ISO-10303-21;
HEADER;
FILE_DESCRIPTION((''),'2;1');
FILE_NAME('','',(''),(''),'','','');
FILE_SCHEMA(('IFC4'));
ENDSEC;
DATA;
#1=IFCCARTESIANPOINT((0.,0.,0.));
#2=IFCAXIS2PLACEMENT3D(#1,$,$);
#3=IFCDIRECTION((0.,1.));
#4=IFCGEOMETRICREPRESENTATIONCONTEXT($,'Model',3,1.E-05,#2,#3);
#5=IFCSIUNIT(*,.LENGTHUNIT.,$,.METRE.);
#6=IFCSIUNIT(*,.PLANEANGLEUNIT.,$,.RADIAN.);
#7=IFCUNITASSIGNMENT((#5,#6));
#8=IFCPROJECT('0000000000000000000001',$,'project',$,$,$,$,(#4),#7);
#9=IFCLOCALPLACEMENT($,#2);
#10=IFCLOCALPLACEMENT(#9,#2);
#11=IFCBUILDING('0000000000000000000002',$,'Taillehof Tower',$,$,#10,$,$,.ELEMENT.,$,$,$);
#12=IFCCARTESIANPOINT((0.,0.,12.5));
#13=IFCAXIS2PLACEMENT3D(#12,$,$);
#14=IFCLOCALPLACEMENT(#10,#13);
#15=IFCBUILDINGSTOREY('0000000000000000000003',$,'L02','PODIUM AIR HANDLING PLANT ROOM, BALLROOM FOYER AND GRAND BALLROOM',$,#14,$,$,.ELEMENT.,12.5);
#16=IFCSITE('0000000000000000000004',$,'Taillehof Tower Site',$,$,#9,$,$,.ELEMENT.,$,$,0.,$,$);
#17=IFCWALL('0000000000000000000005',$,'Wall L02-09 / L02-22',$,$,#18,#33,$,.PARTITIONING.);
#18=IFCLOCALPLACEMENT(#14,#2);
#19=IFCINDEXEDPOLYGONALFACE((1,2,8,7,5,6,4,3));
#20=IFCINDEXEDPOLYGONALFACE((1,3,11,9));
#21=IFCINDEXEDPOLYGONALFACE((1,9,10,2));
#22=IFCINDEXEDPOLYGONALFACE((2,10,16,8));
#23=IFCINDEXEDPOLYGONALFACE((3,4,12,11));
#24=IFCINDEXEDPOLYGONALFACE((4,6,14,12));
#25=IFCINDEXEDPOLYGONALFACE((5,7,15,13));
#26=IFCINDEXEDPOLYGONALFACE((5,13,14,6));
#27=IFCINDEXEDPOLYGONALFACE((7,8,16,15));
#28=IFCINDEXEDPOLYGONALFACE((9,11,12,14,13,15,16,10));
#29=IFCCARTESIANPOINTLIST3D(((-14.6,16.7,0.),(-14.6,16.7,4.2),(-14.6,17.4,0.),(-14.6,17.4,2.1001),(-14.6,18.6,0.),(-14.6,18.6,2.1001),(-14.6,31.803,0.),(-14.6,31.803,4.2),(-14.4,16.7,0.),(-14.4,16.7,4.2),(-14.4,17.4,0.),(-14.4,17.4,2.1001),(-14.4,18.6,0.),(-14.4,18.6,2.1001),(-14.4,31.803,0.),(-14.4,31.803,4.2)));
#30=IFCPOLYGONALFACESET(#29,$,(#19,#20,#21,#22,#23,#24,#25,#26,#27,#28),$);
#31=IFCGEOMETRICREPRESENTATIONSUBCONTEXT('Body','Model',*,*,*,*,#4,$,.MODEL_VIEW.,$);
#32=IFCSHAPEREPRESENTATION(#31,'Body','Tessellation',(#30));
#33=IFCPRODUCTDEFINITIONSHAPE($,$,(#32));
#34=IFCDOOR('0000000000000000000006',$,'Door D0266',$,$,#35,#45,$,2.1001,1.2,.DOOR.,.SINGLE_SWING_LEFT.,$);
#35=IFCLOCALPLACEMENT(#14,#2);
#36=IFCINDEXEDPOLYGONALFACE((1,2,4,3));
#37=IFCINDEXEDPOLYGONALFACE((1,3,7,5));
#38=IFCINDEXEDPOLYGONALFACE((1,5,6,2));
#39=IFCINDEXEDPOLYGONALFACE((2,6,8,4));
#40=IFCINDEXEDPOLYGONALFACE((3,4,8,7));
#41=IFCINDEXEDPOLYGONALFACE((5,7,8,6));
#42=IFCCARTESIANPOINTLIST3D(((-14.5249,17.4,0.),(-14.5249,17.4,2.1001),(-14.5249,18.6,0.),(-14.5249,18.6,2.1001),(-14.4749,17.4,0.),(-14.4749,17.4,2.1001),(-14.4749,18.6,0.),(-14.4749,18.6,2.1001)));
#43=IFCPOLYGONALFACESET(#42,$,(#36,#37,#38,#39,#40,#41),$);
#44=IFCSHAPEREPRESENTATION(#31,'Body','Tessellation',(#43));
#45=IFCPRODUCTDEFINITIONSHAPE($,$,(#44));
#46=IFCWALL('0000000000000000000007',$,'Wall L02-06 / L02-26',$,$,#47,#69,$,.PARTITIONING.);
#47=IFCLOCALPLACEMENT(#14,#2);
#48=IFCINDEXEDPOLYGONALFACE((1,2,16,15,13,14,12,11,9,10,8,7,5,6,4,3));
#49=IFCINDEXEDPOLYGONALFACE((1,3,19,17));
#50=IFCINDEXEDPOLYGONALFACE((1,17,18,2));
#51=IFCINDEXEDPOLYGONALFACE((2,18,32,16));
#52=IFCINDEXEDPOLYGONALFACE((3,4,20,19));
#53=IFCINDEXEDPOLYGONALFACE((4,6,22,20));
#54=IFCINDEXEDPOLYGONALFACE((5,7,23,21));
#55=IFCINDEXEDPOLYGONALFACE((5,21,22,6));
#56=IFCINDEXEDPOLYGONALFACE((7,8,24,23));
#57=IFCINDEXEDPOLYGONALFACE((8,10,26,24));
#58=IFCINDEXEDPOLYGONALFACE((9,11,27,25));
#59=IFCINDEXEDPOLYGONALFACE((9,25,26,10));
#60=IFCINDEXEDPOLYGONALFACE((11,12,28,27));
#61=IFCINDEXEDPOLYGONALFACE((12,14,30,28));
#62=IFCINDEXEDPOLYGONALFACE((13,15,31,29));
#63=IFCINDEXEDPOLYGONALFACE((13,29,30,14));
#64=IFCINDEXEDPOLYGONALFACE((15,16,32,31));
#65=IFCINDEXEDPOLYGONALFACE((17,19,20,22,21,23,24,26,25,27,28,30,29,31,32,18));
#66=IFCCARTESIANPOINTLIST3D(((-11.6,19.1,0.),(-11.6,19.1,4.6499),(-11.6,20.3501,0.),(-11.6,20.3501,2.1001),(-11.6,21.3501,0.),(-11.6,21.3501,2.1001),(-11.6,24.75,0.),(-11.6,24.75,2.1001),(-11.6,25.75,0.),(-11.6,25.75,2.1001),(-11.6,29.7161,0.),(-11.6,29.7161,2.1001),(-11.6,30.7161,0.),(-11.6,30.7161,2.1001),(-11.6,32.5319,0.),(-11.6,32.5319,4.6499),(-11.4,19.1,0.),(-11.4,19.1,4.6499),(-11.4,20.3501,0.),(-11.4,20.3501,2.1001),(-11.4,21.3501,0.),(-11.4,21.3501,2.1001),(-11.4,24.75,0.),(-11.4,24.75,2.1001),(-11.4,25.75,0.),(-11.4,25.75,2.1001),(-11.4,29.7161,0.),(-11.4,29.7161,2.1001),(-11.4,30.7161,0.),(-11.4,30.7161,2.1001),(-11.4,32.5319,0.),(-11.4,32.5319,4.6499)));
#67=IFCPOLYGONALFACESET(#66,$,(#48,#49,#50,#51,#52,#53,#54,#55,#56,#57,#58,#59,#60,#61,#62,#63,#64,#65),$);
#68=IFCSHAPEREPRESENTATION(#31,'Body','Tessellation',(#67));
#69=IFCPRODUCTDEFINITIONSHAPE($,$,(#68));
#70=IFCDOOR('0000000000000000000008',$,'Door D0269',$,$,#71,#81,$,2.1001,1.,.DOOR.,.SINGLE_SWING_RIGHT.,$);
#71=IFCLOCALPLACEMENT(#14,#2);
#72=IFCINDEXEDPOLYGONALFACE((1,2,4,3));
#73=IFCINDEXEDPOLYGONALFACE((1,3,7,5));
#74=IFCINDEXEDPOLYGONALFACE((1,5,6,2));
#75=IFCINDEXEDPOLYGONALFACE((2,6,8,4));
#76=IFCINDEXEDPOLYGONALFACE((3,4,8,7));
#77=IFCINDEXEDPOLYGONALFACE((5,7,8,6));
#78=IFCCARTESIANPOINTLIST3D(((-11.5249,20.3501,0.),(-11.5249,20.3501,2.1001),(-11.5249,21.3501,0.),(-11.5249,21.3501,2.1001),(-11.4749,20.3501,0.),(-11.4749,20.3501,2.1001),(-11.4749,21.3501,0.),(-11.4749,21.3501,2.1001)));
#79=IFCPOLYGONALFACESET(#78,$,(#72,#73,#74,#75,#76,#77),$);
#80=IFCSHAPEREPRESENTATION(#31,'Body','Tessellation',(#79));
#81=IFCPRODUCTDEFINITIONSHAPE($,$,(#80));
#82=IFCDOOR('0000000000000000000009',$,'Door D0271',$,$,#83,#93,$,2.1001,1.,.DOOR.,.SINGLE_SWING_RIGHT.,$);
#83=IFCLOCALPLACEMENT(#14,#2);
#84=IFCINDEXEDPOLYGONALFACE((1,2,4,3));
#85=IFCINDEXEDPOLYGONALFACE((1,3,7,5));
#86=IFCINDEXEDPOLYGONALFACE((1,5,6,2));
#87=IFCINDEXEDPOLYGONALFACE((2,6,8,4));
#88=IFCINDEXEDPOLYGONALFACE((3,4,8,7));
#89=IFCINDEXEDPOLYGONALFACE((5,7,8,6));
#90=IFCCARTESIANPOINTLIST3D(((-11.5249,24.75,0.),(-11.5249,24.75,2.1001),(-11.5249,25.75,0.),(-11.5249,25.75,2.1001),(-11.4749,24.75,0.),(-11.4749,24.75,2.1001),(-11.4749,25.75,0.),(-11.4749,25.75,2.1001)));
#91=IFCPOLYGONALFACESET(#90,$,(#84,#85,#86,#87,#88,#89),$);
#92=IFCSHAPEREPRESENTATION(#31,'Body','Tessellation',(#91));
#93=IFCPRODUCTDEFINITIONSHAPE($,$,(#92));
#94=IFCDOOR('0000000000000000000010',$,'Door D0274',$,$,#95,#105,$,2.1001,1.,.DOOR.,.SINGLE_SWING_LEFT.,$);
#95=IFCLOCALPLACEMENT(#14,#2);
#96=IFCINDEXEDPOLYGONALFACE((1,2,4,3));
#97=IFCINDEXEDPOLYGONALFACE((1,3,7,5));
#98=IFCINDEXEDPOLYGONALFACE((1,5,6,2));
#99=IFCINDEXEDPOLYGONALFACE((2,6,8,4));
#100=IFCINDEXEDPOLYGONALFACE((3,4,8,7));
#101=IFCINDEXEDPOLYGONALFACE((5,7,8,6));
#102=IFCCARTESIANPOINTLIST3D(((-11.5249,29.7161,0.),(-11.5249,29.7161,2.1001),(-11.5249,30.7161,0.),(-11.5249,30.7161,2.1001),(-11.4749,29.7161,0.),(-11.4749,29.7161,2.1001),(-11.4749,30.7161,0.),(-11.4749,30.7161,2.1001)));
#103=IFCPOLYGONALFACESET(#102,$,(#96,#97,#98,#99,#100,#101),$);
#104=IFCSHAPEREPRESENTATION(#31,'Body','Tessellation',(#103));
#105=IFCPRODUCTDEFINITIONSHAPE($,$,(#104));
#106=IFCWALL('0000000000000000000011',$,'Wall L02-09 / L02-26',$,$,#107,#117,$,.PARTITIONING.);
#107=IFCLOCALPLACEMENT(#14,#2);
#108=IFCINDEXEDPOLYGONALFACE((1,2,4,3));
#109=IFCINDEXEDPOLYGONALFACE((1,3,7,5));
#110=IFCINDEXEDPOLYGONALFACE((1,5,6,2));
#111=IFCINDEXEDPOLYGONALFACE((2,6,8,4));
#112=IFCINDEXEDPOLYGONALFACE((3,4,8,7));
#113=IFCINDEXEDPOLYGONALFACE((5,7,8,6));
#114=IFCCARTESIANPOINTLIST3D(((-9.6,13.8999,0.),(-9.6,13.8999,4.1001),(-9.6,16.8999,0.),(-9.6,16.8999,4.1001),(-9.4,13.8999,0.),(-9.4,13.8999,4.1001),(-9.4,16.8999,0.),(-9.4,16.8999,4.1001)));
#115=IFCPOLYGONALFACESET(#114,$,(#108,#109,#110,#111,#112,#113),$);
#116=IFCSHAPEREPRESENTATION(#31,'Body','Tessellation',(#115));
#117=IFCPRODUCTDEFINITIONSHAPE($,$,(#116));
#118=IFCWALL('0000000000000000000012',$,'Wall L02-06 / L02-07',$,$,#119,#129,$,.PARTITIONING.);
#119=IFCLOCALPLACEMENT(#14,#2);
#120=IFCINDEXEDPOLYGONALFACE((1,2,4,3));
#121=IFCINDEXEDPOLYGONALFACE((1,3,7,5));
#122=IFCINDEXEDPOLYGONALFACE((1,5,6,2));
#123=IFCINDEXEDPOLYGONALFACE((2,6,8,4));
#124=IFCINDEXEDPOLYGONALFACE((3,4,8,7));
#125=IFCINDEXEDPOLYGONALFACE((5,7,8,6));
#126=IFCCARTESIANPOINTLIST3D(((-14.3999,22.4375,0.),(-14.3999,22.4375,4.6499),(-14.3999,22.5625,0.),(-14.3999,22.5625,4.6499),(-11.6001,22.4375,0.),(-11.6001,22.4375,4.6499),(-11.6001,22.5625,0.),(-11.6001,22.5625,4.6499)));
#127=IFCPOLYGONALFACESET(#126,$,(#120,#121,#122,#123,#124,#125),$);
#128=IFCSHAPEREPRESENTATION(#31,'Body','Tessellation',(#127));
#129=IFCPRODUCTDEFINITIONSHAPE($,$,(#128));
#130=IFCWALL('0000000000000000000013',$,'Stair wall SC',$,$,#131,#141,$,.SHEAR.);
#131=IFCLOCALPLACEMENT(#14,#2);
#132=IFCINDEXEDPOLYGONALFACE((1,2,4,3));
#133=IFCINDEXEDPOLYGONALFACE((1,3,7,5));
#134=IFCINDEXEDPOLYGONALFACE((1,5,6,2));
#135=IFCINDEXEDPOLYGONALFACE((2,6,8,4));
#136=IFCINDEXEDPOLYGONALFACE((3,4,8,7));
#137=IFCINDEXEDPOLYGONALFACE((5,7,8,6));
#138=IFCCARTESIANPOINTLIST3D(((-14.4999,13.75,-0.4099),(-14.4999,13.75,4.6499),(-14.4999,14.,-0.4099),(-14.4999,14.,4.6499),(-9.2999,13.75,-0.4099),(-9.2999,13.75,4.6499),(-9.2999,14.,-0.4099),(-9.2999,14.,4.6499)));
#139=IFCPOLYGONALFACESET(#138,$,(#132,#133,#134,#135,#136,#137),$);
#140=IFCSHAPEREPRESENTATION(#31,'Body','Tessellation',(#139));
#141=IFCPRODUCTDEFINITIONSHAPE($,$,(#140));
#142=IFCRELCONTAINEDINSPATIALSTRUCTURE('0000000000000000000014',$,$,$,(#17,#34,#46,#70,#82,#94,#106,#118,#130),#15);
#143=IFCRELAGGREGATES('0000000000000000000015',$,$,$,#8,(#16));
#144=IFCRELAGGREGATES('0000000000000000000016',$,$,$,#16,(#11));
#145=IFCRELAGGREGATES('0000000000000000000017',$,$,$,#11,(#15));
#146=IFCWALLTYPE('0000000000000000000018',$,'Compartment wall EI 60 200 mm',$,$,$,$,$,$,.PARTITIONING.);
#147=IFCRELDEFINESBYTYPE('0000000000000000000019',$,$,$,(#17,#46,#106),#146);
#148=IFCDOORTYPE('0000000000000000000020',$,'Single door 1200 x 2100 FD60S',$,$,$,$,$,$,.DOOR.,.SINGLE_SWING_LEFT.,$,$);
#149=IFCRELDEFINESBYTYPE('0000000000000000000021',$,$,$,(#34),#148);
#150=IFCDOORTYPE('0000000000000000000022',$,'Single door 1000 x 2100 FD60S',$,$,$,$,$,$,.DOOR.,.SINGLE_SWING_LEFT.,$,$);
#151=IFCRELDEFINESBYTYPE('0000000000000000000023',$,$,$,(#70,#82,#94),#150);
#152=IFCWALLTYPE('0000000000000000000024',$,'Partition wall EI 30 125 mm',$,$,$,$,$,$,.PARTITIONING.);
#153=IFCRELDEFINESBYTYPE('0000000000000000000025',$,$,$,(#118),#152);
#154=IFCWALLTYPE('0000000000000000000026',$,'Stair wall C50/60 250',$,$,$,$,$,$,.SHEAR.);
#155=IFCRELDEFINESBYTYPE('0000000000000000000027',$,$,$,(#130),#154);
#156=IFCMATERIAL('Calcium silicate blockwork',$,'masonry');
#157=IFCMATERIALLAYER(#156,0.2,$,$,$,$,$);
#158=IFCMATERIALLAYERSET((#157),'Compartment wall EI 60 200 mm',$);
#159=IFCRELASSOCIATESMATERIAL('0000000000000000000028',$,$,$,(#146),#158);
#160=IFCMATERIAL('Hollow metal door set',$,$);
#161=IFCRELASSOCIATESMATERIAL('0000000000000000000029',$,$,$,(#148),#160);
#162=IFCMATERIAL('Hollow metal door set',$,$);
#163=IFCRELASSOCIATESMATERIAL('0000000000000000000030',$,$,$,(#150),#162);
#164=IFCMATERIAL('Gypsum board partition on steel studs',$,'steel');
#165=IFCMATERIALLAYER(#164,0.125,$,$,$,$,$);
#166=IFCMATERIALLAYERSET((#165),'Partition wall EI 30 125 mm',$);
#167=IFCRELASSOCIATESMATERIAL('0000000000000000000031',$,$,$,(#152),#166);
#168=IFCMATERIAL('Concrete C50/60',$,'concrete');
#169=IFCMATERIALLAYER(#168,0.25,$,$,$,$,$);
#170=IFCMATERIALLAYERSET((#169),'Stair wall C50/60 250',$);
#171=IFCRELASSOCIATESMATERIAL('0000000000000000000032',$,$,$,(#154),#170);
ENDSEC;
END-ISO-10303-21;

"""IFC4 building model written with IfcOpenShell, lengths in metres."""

from ifc_helpers import new_model, si_unit, direction, frame, frame_2d, origin, place, context, subcontext, project, spatial, rectangle, extrude, material, layer, layer_set, type_object, element, fill, save


model = new_model("IFC4")

# Units and contexts
model_context = context("Model", 3, precision=1e-05, world=origin(), true_north=direction((0.0, 1.0)))
body_context = subcontext(model_context, "Body", "Model", "MODEL_VIEW")
ifc_project = project(units=[si_unit("LENGTHUNIT", "METRE"), si_unit("PLANEANGLEUNIT", "RADIAN")], contexts=[model_context])

# Site, building, storey
site_placement = place(None, origin())
site = spatial("IfcSite", under=ifc_project, at=site_placement, Name="Taillehof Tower Site", CompositionType="ELEMENT", RefElevation=0.0)
building_placement = place(site_placement, origin())
building = spatial("IfcBuilding", under=site, at=building_placement, Name="Taillehof Tower", CompositionType="ELEMENT")
storey_placement = place(building_placement, frame((0.0, 0.0, 12.5)))
storey = spatial("IfcBuildingStorey", under=building, at=storey_placement, Name="L02", Description="PODIUM AIR HANDLING PLANT ROOM, BALLROOM FOYER AND GRAND BALLROOM", CompositionType="ELEMENT", Elevation=12.5)

# Shared definitions
ifc_material_1 = material(Name="Calcium silicate blockwork", Category="masonry")
ifc_layer_1 = layer(ifc_material_1, 0.2)
ifc_layer_set_1 = layer_set([ifc_layer_1], Name="Compartment wall EI 60 200 mm")
wall_type_1 = type_object("IfcWallType", Name="Compartment wall EI 60 200 mm", PredefinedType="PARTITIONING", material=ifc_layer_set_1)

# Wall, opening, door
wall_1_placement = place(storey_placement, frame((-14.5, 16.7, 0.0), z_axis=(0.0, 0.0, 1.0), x_axis=(0.0, 1.0, 0.0)))
wall_1 = element("IfcWall", 1, at=wall_1_placement, inside=storey, type_object=wall_type_1, Name="Wall L02-09 / L02-22", PredefinedType="PARTITIONING", context=body_context, shape_type="SweptSolid", body=[
    extrude(rectangle(XDim=15.103, YDim=0.2, at=frame_2d((7.5515, 0.0))), origin(), (0.0, 0.0, 1.0), 4.2),
])
opening_1_placement = place(wall_1_placement, frame((0.7, 0.0, 0.0)))
opening_1 = element("IfcOpeningElement", 2, at=opening_1_placement, cuts=wall_1, PredefinedType="OPENING", context=body_context, shape_type="SweptSolid", body=[
    extrude(rectangle(XDim=1.2, YDim=2.1001, at=frame_2d((0.6001, 1.05))), frame((0.0, 0.1099, 0.0), z_axis=(0.0, -1.0, 0.0), x_axis=(1.0, 0.0, 0.0)), (0.0, 0.0, 1.0), 0.22),
])
ifc_material_2 = material(Name="Hollow metal door set")
door_type_1 = type_object("IfcDoorType", Name="Single door 1200 x 2100 FD60S", OperationType="SINGLE_SWING_LEFT", PredefinedType="DOOR", material=ifc_material_2)
door_1_placement = place(opening_1_placement, origin())
door_1 = element("IfcDoor", 3, at=door_1_placement, inside=storey, type_object=door_type_1, Name="Door D0266", OperationType="SINGLE_SWING_LEFT", OverallHeight=2.1001, OverallWidth=1.2, PredefinedType="DOOR", context=body_context, shape_type="SweptSolid", body=[
    extrude(rectangle(XDim=1.2, YDim=2.1001, at=frame_2d((0.6001, 1.05))), frame((0.0, 0.0249, 0.0), z_axis=(0.0, -1.0, 0.0), x_axis=(1.0, 0.0, 0.0)), (0.0, 0.0, 1.0), 0.05),
])
fill(opening_1, door_1)

# Wall, openings, doors
wall_2_placement = place(storey_placement, frame((-11.5, 19.1001, 0.0), z_axis=(0.0, 0.0, 1.0), x_axis=(0.0, 1.0, 0.0)))
wall_2 = element("IfcWall", 4, at=wall_2_placement, inside=storey, type_object=wall_type_1, Name="Wall L02-06 / L02-26", PredefinedType="PARTITIONING", context=body_context, shape_type="SweptSolid", body=[
    extrude(rectangle(XDim=13.4319, YDim=0.2, at=frame_2d((6.7158, 0.0))), origin(), (0.0, 0.0, 1.0), 4.6499),
])
opening_2_placement = place(wall_2_placement, frame((1.25, 0.0, 0.0)))
opening_2 = element("IfcOpeningElement", 5, at=opening_2_placement, cuts=wall_2, PredefinedType="OPENING", context=body_context, shape_type="SweptSolid", body=[
    extrude(rectangle(XDim=1.0, YDim=2.1001, at=frame_2d((0.5, 1.05))), frame((0.0, 0.1099, 0.0), z_axis=(0.0, -1.0, 0.0), x_axis=(1.0, 0.0, 0.0)), (0.0, 0.0, 1.0), 0.22),
])
opening_3_placement = place(wall_2_placement, frame((5.6499, 0.0, 0.0)))
opening_3 = element("IfcOpeningElement", 6, at=opening_3_placement, cuts=wall_2, PredefinedType="OPENING", context=body_context, shape_type="SweptSolid", body=[
    extrude(rectangle(XDim=1.0, YDim=2.1001, at=frame_2d((0.5, 1.05))), frame((0.0, 0.1099, 0.0), z_axis=(0.0, -1.0, 0.0), x_axis=(1.0, 0.0, 0.0)), (0.0, 0.0, 1.0), 0.22),
])
opening_4_placement = place(wall_2_placement, frame((10.616, 0.0, 0.0)))
opening_4 = element("IfcOpeningElement", 7, at=opening_4_placement, cuts=wall_2, PredefinedType="OPENING", context=body_context, shape_type="SweptSolid", body=[
    extrude(rectangle(XDim=1.0, YDim=2.1001, at=frame_2d((0.5, 1.05))), frame((0.0, 0.1099, 0.0), z_axis=(0.0, -1.0, 0.0), x_axis=(1.0, 0.0, 0.0)), (0.0, 0.0, 1.0), 0.22),
])
ifc_material_3 = material(Name="Hollow metal door set")
door_type_2 = type_object("IfcDoorType", Name="Single door 1000 x 2100 FD60S", OperationType="SINGLE_SWING_LEFT", PredefinedType="DOOR", material=ifc_material_3)
door_2_placement = place(opening_2_placement, origin())
door_2 = element("IfcDoor", 8, at=door_2_placement, inside=storey, type_object=door_type_2, Name="Door D0269", OperationType="SINGLE_SWING_RIGHT", OverallHeight=2.1001, OverallWidth=1.0, PredefinedType="DOOR", context=body_context, shape_type="SweptSolid", body=[
    extrude(rectangle(XDim=1.0, YDim=2.1001, at=frame_2d((0.5, 1.05))), frame((0.0, 0.0249, 0.0), z_axis=(0.0, -1.0, 0.0), x_axis=(1.0, 0.0, 0.0)), (0.0, 0.0, 1.0), 0.05),
])
fill(opening_2, door_2)
door_3_placement = place(opening_3_placement, origin())
door_3 = element("IfcDoor", 9, at=door_3_placement, inside=storey, type_object=door_type_2, Name="Door D0271", OperationType="SINGLE_SWING_RIGHT", OverallHeight=2.1001, OverallWidth=1.0, PredefinedType="DOOR", context=body_context, shape_type="SweptSolid", body=[
    extrude(rectangle(XDim=1.0, YDim=2.1001, at=frame_2d((0.5, 1.05))), frame((0.0, 0.0249, 0.0), z_axis=(0.0, -1.0, 0.0), x_axis=(1.0, 0.0, 0.0)), (0.0, 0.0, 1.0), 0.05),
])
fill(opening_3, door_3)
door_4_placement = place(opening_4_placement, origin())
door_4 = element("IfcDoor", 10, at=door_4_placement, inside=storey, type_object=door_type_2, Name="Door D0274", OperationType="SINGLE_SWING_LEFT", OverallHeight=2.1001, OverallWidth=1.0, PredefinedType="DOOR", context=body_context, shape_type="SweptSolid", body=[
    extrude(rectangle(XDim=1.0, YDim=2.1001, at=frame_2d((0.5, 1.05))), frame((0.0, 0.0249, 0.0), z_axis=(0.0, -1.0, 0.0), x_axis=(1.0, 0.0, 0.0)), (0.0, 0.0, 1.0), 0.05),
])
fill(opening_4, door_4)

# Walls
wall_3_placement = place(storey_placement, frame((-9.5, 13.8999, 0.0), z_axis=(0.0, 0.0, 1.0), x_axis=(0.0, 1.0, 0.0)))
element("IfcWall", 11, at=wall_3_placement, inside=storey, type_object=wall_type_1, Name="Wall L02-09 / L02-26", PredefinedType="PARTITIONING", context=body_context, shape_type="SweptSolid", body=[
    extrude(rectangle(XDim=3.0, YDim=0.2, at=frame_2d((1.5, 0.0))), origin(), (0.0, 0.0, 1.0), 4.1001),
])
ifc_material_4 = material(Name="Gypsum board partition on steel studs", Category="steel")
ifc_layer_2 = layer(ifc_material_4, 0.125)
ifc_layer_set_2 = layer_set([ifc_layer_2], Name="Partition wall EI 30 125 mm")
wall_type_2 = type_object("IfcWallType", Name="Partition wall EI 30 125 mm", PredefinedType="PARTITIONING", material=ifc_layer_set_2)
wall_4_placement = place(storey_placement, frame((-14.3999, 22.5, 0.0), z_axis=(0.0, 0.0, 1.0), x_axis=(1.0, 0.0, 0.0)))
element("IfcWall", 12, at=wall_4_placement, inside=storey, type_object=wall_type_2, Name="Wall L02-06 / L02-07", PredefinedType="PARTITIONING", context=body_context, shape_type="SweptSolid", body=[
    extrude(rectangle(XDim=2.7998, YDim=0.125, at=frame_2d((1.3999, 0.0))), origin(), (0.0, 0.0, 1.0), 4.6499),
])
ifc_material_5 = material(Name="Concrete C50/60", Category="concrete")
ifc_layer_3 = layer(ifc_material_5, 0.25)
ifc_layer_set_3 = layer_set([ifc_layer_3], Name="Stair wall C50/60 250")
wall_type_3 = type_object("IfcWallType", Name="Stair wall C50/60 250", PredefinedType="SHEAR", material=ifc_layer_set_3)
wall_5_placement = place(storey_placement, frame((-14.5, 13.875, -0.4099), z_axis=(0.0, 0.0, 1.0), x_axis=(1.0, 0.0, 0.0)))
element("IfcWall", 13, at=wall_5_placement, inside=storey, type_object=wall_type_3, Name="Stair wall SC", PredefinedType="SHEAR", context=body_context, shape_type="SweptSolid", body=[
    extrude(rectangle(XDim=5.2, YDim=0.25, at=frame_2d((2.6001, 0.0))), origin(), (0.0, 0.0, 1.0), 5.0598),
])

save(model, "model.ifc")
